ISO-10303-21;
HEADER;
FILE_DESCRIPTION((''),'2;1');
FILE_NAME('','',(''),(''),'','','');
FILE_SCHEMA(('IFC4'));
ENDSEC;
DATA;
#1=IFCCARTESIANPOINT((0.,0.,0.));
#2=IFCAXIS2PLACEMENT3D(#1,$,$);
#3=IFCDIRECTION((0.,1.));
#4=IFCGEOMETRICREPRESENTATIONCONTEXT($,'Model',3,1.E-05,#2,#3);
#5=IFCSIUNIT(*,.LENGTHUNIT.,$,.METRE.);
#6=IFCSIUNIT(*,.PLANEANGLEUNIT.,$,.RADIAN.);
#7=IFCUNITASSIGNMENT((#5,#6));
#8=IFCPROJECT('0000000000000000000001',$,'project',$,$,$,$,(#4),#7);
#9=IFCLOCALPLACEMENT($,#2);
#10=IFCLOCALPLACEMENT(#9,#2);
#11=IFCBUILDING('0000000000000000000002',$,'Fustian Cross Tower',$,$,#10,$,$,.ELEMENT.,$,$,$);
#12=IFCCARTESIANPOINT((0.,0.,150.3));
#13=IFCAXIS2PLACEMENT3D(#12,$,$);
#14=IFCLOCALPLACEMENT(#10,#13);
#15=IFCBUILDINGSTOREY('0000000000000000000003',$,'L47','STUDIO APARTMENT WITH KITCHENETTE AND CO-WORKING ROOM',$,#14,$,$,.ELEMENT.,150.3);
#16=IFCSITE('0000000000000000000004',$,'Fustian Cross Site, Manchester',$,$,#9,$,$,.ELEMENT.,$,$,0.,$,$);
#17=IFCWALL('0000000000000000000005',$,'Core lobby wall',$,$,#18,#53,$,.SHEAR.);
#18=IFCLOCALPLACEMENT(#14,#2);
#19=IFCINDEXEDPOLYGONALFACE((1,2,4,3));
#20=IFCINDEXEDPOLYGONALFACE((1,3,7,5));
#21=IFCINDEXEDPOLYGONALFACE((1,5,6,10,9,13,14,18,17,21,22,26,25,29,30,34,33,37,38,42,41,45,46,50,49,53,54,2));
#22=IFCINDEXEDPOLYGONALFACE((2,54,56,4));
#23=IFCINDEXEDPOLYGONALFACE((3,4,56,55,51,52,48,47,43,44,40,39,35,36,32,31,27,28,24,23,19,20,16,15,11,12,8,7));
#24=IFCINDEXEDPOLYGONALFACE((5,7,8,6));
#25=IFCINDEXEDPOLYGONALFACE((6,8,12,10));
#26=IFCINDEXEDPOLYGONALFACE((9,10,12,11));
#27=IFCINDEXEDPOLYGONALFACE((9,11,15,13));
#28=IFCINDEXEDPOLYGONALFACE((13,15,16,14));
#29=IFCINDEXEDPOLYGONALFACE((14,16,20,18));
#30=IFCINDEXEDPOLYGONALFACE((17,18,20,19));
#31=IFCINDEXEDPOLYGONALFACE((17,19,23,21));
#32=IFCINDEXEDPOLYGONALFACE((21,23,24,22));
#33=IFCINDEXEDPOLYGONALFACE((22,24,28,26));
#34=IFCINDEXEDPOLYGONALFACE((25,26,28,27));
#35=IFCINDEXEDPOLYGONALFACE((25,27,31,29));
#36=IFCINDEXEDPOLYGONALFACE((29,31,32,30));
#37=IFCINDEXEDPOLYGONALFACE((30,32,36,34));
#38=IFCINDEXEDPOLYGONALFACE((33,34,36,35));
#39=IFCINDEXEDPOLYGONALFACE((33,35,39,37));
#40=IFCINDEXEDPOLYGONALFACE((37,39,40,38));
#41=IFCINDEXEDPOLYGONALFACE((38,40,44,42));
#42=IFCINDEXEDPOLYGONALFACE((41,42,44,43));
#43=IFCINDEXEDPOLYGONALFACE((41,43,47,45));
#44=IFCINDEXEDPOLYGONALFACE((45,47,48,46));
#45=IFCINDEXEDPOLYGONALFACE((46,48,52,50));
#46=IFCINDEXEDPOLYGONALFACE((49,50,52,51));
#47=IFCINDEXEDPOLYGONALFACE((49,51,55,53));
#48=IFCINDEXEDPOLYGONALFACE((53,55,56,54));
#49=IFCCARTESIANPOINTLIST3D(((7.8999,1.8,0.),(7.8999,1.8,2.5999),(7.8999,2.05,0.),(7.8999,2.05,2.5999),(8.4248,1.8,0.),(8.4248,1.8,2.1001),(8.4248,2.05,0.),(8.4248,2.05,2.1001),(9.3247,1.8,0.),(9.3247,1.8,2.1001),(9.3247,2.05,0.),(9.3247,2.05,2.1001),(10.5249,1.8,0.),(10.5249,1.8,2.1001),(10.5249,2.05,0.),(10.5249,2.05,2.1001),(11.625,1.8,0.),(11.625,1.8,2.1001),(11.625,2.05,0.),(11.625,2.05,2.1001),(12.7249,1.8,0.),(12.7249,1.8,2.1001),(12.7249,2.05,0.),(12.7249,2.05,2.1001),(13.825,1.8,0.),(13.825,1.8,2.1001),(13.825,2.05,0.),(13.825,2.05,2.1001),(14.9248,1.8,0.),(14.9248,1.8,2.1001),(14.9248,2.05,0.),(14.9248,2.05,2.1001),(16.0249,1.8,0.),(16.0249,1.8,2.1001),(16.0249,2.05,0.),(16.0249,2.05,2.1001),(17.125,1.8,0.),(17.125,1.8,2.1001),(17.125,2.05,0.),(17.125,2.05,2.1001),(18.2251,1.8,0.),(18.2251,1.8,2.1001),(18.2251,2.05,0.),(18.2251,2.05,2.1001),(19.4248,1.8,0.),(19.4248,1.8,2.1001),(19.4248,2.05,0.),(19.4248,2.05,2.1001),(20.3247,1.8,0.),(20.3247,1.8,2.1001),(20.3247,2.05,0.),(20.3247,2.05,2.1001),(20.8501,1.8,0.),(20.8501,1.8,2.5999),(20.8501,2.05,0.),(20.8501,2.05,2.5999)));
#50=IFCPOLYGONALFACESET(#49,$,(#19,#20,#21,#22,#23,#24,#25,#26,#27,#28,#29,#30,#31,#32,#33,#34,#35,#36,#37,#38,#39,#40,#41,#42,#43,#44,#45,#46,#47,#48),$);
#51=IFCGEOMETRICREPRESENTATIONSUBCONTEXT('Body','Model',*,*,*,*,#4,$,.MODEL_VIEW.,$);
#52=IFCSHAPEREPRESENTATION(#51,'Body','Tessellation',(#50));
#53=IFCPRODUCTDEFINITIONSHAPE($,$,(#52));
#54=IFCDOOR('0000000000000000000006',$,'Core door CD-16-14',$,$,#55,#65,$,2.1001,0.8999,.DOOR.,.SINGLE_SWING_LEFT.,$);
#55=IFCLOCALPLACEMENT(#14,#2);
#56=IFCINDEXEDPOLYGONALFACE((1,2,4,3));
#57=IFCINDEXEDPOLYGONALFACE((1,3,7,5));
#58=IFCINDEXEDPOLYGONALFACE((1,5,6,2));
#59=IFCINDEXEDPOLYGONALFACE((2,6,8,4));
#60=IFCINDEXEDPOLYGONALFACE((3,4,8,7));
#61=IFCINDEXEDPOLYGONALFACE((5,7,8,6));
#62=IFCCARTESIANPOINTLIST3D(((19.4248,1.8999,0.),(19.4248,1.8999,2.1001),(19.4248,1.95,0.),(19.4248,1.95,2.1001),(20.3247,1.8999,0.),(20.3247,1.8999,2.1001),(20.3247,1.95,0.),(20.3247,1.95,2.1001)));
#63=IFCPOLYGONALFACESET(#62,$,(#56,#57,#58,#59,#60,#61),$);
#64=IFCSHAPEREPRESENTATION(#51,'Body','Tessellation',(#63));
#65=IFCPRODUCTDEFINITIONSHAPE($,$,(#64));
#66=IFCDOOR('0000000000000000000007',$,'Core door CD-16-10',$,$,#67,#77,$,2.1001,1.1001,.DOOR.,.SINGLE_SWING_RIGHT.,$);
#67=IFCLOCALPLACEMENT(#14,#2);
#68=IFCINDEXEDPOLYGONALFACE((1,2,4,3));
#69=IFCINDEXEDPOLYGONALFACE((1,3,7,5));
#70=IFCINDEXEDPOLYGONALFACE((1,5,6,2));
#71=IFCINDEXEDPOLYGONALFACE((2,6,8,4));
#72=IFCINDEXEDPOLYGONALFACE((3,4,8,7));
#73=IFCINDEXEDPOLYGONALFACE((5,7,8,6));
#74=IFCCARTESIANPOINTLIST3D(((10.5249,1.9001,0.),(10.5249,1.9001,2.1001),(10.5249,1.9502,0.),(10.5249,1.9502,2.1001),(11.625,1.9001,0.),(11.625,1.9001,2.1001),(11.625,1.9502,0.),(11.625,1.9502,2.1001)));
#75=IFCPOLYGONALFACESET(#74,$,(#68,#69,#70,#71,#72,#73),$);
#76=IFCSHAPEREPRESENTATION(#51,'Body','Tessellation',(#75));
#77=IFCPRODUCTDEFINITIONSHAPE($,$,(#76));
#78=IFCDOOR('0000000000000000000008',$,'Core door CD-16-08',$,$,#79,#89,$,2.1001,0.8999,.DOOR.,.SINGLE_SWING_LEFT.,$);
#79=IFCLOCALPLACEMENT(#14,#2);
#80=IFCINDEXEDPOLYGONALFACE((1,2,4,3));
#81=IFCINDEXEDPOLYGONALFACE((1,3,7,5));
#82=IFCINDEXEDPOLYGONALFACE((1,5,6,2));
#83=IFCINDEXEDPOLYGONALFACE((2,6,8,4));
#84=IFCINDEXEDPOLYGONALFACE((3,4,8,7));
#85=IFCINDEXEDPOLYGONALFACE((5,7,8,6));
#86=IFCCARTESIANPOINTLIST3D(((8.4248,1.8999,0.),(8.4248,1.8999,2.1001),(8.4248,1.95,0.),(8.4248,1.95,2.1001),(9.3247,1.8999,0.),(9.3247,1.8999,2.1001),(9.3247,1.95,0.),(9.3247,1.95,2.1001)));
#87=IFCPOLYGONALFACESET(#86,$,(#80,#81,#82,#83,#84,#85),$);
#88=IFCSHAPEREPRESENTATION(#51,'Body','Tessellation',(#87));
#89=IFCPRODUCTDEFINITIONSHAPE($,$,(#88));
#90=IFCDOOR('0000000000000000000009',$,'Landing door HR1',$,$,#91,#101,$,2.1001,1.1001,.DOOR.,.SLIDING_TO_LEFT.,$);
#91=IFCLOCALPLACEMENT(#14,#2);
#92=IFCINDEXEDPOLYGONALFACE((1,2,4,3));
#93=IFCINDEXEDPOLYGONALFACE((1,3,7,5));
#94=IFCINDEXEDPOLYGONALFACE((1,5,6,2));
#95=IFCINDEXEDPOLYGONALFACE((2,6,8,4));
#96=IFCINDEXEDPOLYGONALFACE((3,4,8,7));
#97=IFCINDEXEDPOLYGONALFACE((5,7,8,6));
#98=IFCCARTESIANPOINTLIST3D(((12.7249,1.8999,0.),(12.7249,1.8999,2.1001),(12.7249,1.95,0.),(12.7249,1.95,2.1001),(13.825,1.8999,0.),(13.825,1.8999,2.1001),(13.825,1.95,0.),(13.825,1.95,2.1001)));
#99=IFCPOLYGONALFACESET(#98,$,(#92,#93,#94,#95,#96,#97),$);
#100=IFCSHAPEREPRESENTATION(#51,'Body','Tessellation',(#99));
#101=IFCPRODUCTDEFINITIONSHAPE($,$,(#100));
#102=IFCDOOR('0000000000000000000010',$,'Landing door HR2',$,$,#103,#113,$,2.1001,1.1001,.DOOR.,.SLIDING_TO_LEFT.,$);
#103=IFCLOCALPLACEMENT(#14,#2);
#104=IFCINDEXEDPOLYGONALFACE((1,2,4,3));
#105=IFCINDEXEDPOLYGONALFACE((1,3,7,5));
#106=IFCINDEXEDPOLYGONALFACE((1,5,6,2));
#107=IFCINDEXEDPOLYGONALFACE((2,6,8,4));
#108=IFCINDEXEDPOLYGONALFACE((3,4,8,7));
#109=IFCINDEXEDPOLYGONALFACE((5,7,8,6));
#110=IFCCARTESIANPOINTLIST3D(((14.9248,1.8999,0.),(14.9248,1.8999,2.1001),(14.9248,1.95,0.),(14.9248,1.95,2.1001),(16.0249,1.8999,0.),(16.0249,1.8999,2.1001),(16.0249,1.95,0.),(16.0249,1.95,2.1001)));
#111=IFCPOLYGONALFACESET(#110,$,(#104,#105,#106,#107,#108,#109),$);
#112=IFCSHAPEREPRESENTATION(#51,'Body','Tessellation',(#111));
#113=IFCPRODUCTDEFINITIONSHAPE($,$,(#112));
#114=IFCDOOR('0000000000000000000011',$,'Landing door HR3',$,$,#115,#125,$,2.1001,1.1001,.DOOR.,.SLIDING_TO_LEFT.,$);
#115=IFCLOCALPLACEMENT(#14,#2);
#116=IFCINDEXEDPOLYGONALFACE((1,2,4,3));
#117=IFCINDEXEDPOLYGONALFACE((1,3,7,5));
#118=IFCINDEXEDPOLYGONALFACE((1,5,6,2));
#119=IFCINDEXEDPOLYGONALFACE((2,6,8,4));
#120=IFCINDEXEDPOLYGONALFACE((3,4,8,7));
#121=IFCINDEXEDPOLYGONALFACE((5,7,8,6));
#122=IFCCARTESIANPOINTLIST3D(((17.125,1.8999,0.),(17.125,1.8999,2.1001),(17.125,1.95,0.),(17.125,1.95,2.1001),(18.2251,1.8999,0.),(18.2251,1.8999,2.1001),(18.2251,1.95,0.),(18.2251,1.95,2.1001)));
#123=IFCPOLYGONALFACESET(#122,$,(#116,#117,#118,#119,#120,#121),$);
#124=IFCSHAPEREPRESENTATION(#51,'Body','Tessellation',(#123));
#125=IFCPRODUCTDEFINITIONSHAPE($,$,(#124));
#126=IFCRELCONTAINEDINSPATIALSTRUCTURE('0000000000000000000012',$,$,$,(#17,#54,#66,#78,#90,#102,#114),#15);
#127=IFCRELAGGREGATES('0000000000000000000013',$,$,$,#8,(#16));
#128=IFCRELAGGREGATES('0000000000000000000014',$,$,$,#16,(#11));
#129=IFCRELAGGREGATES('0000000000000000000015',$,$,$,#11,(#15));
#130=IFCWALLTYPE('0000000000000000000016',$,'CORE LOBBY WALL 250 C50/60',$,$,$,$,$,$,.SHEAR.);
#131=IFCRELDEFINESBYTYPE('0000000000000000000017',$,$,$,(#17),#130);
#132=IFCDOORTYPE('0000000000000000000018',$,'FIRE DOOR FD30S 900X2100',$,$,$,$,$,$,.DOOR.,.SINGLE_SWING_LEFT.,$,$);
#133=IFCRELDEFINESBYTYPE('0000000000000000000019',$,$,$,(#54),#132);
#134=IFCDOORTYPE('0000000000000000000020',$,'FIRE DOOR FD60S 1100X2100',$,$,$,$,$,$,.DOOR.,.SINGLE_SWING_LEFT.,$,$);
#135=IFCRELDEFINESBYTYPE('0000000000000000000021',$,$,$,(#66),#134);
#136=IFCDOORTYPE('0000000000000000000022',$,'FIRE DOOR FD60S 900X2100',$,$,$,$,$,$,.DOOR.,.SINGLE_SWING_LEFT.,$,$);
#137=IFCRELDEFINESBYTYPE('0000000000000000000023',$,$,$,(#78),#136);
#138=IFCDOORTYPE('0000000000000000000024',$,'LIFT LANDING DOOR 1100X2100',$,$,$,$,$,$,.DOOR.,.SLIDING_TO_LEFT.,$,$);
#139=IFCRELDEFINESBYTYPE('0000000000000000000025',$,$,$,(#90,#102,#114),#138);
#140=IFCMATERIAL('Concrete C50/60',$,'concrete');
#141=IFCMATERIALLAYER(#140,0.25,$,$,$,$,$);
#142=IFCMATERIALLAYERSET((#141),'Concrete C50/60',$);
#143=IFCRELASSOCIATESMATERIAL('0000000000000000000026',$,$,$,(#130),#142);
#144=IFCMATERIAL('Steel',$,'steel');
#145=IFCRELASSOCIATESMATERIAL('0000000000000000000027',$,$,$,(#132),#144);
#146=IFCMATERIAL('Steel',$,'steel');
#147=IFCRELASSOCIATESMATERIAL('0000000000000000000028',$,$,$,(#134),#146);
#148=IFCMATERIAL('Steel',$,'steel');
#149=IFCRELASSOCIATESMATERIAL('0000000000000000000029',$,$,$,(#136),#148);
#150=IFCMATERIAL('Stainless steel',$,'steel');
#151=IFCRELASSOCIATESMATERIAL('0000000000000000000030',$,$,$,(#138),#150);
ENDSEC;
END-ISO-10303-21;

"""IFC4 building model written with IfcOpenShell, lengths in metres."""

from ifc_helpers import new_model, si_unit, direction, frame, frame_2d, origin, place, context, subcontext, project, spatial, rectangle, extrude, material, layer, layer_set, type_object, element, fill, save


model = new_model("IFC4")

# Units and contexts
model_context = context("Model", 3, precision=1e-05, world=origin(), true_north=direction((0.0, 1.0)))
body_context = subcontext(model_context, "Body", "Model", "MODEL_VIEW")
ifc_project = project(units=[si_unit("LENGTHUNIT", "METRE"), si_unit("PLANEANGLEUNIT", "RADIAN")], contexts=[model_context])

# Site, building, storey
site_placement = place(None, origin())
site = spatial("IfcSite", under=ifc_project, at=site_placement, Name="Fustian Cross Site, Manchester", CompositionType="ELEMENT", RefElevation=0.0)
building_placement = place(site_placement, origin())
building = spatial("IfcBuilding", under=site, at=building_placement, Name="Fustian Cross Tower", CompositionType="ELEMENT")
storey_placement = place(building_placement, frame((0.0, 0.0, 150.3)))
storey = spatial("IfcBuildingStorey", under=building, at=storey_placement, Name="L47", Description="STUDIO APARTMENT WITH KITCHENETTE AND CO-WORKING ROOM", CompositionType="ELEMENT", Elevation=150.3)

# Wall, openings, doors
ifc_material_1 = material(Name="Concrete C50/60", Category="concrete")
ifc_layer_1 = layer(ifc_material_1, 0.25)
ifc_layer_set_1 = layer_set([ifc_layer_1], Name="Concrete C50/60")
wall_type = type_object("IfcWallType", Name="CORE LOBBY WALL 250 C50/60", PredefinedType="SHEAR", material=ifc_layer_set_1)
wall_placement = place(storey_placement, frame((7.8999, 1.925, 0.0), z_axis=(0.0, 0.0, 1.0), x_axis=(1.0, 0.0, 0.0)))
wall = element("IfcWall", 1, at=wall_placement, inside=storey, type_object=wall_type, Name="Core lobby wall", PredefinedType="SHEAR", context=body_context, shape_type="SweptSolid", body=[
    extrude(rectangle(XDim=12.9502, YDim=0.25, at=frame_2d((6.4751, 0.0))), origin(), (0.0, 0.0, 1.0), 2.5999),
])
opening_1_placement = place(wall_placement, frame((4.825, 0.0, 0.0)))
opening_1 = element("IfcOpeningElement", 2, at=opening_1_placement, cuts=wall, PredefinedType="OPENING", context=body_context, shape_type="SweptSolid", body=[
    extrude(rectangle(XDim=1.1001, YDim=2.1001, at=frame_2d((0.55, 1.05))), frame((0.0, 0.135, 0.0), z_axis=(0.0, -1.0, 0.0), x_axis=(1.0, 0.0, 0.0)), (0.0, 0.0, 1.0), 0.27),
])
opening_2_placement = place(wall_placement, frame((7.0249, 0.0, 0.0)))
opening_2 = element("IfcOpeningElement", 3, at=opening_2_placement, cuts=wall, PredefinedType="OPENING", context=body_context, shape_type="SweptSolid", body=[
    extrude(rectangle(XDim=1.1001, YDim=2.1001, at=frame_2d((0.55, 1.05))), frame((0.0, 0.135, 0.0), z_axis=(0.0, -1.0, 0.0), x_axis=(1.0, 0.0, 0.0)), (0.0, 0.0, 1.0), 0.27),
])
opening_3_placement = place(wall_placement, frame((9.2251, 0.0, 0.0)))
opening_3 = element("IfcOpeningElement", 4, at=opening_3_placement, cuts=wall, PredefinedType="OPENING", context=body_context, shape_type="SweptSolid", body=[
    extrude(rectangle(XDim=1.1001, YDim=2.1001, at=frame_2d((0.55, 1.05))), frame((0.0, 0.135, 0.0), z_axis=(0.0, -1.0, 0.0), x_axis=(1.0, 0.0, 0.0)), (0.0, 0.0, 1.0), 0.27),
])
opening_4_placement = place(wall_placement, frame((0.5249, 0.0, 0.0)))
opening_4 = element("IfcOpeningElement", 5, at=opening_4_placement, cuts=wall, PredefinedType="OPENING", context=body_context, shape_type="SweptSolid", body=[
    extrude(rectangle(XDim=0.8999, YDim=2.1001, at=frame_2d((0.45, 1.05))), frame((0.0, 0.135, 0.0), z_axis=(0.0, -1.0, 0.0), x_axis=(1.0, 0.0, 0.0)), (0.0, 0.0, 1.0), 0.27),
])
opening_5_placement = place(wall_placement, frame((2.625, 0.0, 0.0)))
opening_5 = element("IfcOpeningElement", 6, at=opening_5_placement, cuts=wall, PredefinedType="OPENING", context=body_context, shape_type="SweptSolid", body=[
    extrude(rectangle(XDim=1.1001, YDim=2.1001, at=frame_2d((0.55, 1.05))), frame((0.0, 0.135, 0.0), z_axis=(0.0, -1.0, 0.0), x_axis=(1.0, 0.0, 0.0)), (0.0, 0.0, 1.0), 0.27),
])
opening_6_placement = place(wall_placement, frame((11.5249, 0.0, 0.0)))
opening_6 = element("IfcOpeningElement", 7, at=opening_6_placement, cuts=wall, PredefinedType="OPENING", context=body_context, shape_type="SweptSolid", body=[
    extrude(rectangle(XDim=0.8999, YDim=2.1001, at=frame_2d((0.45, 1.05))), frame((0.0, 0.135, 0.0), z_axis=(0.0, -1.0, 0.0), x_axis=(1.0, 0.0, 0.0)), (0.0, 0.0, 1.0), 0.27),
])
ifc_material_2 = material(Name="Steel", Category="steel")
door_type_1 = type_object("IfcDoorType", Name="FIRE DOOR FD30S 900X2100", OperationType="SINGLE_SWING_LEFT", PredefinedType="DOOR", material=ifc_material_2)
door_1_placement = place(opening_6_placement, origin())
door_1 = element("IfcDoor", 8, at=door_1_placement, inside=storey, type_object=door_type_1, Name="Core door CD-16-14", OperationType="SINGLE_SWING_LEFT", OverallHeight=2.1001, OverallWidth=0.8999, PredefinedType="DOOR", context=body_context, shape_type="SweptSolid", body=[
    extrude(rectangle(XDim=0.8999, YDim=2.1001, at=frame_2d((0.45, 1.05))), frame((0.0, 0.0249, 0.0), z_axis=(0.0, -1.0, 0.0), x_axis=(1.0, 0.0, 0.0)), (0.0, 0.0, 1.0), 0.05),
])
fill(opening_6, door_1)
ifc_material_3 = material(Name="Steel", Category="steel")
door_type_2 = type_object("IfcDoorType", Name="FIRE DOOR FD60S 1100X2100", OperationType="SINGLE_SWING_LEFT", PredefinedType="DOOR", material=ifc_material_3)
door_2_placement = place(opening_5_placement, frame((1.1001, 0.0, 0.0), z_axis=(0.0, 0.0, 1.0), x_axis=(-1.0, 0.0, 0.0)))
door_2 = element("IfcDoor", 9, at=door_2_placement, inside=storey, type_object=door_type_2, Name="Core door CD-16-10", OperationType="SINGLE_SWING_RIGHT", OverallHeight=2.1001, OverallWidth=1.1001, PredefinedType="DOOR", context=body_context, shape_type="SweptSolid", body=[
    extrude(rectangle(XDim=1.1001, YDim=2.1001, at=frame_2d((0.55, 1.05))), frame((0.0, 0.0249, 0.0), z_axis=(0.0, -1.0, 0.0), x_axis=(1.0, 0.0, 0.0)), (0.0, 0.0, 1.0), 0.05),
])
fill(opening_5, door_2)
ifc_material_4 = material(Name="Steel", Category="steel")
door_type_3 = type_object("IfcDoorType", Name="FIRE DOOR FD60S 900X2100", OperationType="SINGLE_SWING_LEFT", PredefinedType="DOOR", material=ifc_material_4)
door_3_placement = place(opening_4_placement, origin())
door_3 = element("IfcDoor", 10, at=door_3_placement, inside=storey, type_object=door_type_3, Name="Core door CD-16-08", OperationType="SINGLE_SWING_LEFT", OverallHeight=2.1001, OverallWidth=0.8999, PredefinedType="DOOR", context=body_context, shape_type="SweptSolid", body=[
    extrude(rectangle(XDim=0.8999, YDim=2.1001, at=frame_2d((0.45, 1.05))), frame((0.0, 0.0249, 0.0), z_axis=(0.0, -1.0, 0.0), x_axis=(1.0, 0.0, 0.0)), (0.0, 0.0, 1.0), 0.05),
])
fill(opening_4, door_3)
ifc_material_5 = material(Name="Stainless steel", Category="steel")
door_type_4 = type_object("IfcDoorType", Name="LIFT LANDING DOOR 1100X2100", OperationType="SLIDING_TO_LEFT", PredefinedType="DOOR", material=ifc_material_5)
door_4_placement = place(opening_1_placement, origin())
door_4 = element("IfcDoor", 11, at=door_4_placement, inside=storey, type_object=door_type_4, Name="Landing door HR1", OperationType="SLIDING_TO_LEFT", OverallHeight=2.1001, OverallWidth=1.1001, PredefinedType="DOOR", context=body_context, shape_type="SweptSolid", body=[
    extrude(rectangle(XDim=1.1001, YDim=2.1001, at=frame_2d((0.55, 1.05))), frame((0.0, 0.0249, 0.0), z_axis=(0.0, -1.0, 0.0), x_axis=(1.0, 0.0, 0.0)), (0.0, 0.0, 1.0), 0.05),
])
fill(opening_1, door_4)
door_5_placement = place(opening_2_placement, origin())
door_5 = element("IfcDoor", 12, at=door_5_placement, inside=storey, type_object=door_type_4, Name="Landing door HR2", OperationType="SLIDING_TO_LEFT", OverallHeight=2.1001, OverallWidth=1.1001, PredefinedType="DOOR", context=body_context, shape_type="SweptSolid", body=[
    extrude(rectangle(XDim=1.1001, YDim=2.1001, at=frame_2d((0.55, 1.05))), frame((0.0, 0.0249, 0.0), z_axis=(0.0, -1.0, 0.0), x_axis=(1.0, 0.0, 0.0)), (0.0, 0.0, 1.0), 0.05),
])
fill(opening_2, door_5)
door_6_placement = place(opening_3_placement, origin())
door_6 = element("IfcDoor", 13, at=door_6_placement, inside=storey, type_object=door_type_4, Name="Landing door HR3", OperationType="SLIDING_TO_LEFT", OverallHeight=2.1001, OverallWidth=1.1001, PredefinedType="DOOR", context=body_context, shape_type="SweptSolid", body=[
    extrude(rectangle(XDim=1.1001, YDim=2.1001, at=frame_2d((0.55, 1.05))), frame((0.0, 0.0249, 0.0), z_axis=(0.0, -1.0, 0.0), x_axis=(1.0, 0.0, 0.0)), (0.0, 0.0, 1.0), 0.05),
])
fill(opening_3, door_6)

save(model, "model.ifc")
